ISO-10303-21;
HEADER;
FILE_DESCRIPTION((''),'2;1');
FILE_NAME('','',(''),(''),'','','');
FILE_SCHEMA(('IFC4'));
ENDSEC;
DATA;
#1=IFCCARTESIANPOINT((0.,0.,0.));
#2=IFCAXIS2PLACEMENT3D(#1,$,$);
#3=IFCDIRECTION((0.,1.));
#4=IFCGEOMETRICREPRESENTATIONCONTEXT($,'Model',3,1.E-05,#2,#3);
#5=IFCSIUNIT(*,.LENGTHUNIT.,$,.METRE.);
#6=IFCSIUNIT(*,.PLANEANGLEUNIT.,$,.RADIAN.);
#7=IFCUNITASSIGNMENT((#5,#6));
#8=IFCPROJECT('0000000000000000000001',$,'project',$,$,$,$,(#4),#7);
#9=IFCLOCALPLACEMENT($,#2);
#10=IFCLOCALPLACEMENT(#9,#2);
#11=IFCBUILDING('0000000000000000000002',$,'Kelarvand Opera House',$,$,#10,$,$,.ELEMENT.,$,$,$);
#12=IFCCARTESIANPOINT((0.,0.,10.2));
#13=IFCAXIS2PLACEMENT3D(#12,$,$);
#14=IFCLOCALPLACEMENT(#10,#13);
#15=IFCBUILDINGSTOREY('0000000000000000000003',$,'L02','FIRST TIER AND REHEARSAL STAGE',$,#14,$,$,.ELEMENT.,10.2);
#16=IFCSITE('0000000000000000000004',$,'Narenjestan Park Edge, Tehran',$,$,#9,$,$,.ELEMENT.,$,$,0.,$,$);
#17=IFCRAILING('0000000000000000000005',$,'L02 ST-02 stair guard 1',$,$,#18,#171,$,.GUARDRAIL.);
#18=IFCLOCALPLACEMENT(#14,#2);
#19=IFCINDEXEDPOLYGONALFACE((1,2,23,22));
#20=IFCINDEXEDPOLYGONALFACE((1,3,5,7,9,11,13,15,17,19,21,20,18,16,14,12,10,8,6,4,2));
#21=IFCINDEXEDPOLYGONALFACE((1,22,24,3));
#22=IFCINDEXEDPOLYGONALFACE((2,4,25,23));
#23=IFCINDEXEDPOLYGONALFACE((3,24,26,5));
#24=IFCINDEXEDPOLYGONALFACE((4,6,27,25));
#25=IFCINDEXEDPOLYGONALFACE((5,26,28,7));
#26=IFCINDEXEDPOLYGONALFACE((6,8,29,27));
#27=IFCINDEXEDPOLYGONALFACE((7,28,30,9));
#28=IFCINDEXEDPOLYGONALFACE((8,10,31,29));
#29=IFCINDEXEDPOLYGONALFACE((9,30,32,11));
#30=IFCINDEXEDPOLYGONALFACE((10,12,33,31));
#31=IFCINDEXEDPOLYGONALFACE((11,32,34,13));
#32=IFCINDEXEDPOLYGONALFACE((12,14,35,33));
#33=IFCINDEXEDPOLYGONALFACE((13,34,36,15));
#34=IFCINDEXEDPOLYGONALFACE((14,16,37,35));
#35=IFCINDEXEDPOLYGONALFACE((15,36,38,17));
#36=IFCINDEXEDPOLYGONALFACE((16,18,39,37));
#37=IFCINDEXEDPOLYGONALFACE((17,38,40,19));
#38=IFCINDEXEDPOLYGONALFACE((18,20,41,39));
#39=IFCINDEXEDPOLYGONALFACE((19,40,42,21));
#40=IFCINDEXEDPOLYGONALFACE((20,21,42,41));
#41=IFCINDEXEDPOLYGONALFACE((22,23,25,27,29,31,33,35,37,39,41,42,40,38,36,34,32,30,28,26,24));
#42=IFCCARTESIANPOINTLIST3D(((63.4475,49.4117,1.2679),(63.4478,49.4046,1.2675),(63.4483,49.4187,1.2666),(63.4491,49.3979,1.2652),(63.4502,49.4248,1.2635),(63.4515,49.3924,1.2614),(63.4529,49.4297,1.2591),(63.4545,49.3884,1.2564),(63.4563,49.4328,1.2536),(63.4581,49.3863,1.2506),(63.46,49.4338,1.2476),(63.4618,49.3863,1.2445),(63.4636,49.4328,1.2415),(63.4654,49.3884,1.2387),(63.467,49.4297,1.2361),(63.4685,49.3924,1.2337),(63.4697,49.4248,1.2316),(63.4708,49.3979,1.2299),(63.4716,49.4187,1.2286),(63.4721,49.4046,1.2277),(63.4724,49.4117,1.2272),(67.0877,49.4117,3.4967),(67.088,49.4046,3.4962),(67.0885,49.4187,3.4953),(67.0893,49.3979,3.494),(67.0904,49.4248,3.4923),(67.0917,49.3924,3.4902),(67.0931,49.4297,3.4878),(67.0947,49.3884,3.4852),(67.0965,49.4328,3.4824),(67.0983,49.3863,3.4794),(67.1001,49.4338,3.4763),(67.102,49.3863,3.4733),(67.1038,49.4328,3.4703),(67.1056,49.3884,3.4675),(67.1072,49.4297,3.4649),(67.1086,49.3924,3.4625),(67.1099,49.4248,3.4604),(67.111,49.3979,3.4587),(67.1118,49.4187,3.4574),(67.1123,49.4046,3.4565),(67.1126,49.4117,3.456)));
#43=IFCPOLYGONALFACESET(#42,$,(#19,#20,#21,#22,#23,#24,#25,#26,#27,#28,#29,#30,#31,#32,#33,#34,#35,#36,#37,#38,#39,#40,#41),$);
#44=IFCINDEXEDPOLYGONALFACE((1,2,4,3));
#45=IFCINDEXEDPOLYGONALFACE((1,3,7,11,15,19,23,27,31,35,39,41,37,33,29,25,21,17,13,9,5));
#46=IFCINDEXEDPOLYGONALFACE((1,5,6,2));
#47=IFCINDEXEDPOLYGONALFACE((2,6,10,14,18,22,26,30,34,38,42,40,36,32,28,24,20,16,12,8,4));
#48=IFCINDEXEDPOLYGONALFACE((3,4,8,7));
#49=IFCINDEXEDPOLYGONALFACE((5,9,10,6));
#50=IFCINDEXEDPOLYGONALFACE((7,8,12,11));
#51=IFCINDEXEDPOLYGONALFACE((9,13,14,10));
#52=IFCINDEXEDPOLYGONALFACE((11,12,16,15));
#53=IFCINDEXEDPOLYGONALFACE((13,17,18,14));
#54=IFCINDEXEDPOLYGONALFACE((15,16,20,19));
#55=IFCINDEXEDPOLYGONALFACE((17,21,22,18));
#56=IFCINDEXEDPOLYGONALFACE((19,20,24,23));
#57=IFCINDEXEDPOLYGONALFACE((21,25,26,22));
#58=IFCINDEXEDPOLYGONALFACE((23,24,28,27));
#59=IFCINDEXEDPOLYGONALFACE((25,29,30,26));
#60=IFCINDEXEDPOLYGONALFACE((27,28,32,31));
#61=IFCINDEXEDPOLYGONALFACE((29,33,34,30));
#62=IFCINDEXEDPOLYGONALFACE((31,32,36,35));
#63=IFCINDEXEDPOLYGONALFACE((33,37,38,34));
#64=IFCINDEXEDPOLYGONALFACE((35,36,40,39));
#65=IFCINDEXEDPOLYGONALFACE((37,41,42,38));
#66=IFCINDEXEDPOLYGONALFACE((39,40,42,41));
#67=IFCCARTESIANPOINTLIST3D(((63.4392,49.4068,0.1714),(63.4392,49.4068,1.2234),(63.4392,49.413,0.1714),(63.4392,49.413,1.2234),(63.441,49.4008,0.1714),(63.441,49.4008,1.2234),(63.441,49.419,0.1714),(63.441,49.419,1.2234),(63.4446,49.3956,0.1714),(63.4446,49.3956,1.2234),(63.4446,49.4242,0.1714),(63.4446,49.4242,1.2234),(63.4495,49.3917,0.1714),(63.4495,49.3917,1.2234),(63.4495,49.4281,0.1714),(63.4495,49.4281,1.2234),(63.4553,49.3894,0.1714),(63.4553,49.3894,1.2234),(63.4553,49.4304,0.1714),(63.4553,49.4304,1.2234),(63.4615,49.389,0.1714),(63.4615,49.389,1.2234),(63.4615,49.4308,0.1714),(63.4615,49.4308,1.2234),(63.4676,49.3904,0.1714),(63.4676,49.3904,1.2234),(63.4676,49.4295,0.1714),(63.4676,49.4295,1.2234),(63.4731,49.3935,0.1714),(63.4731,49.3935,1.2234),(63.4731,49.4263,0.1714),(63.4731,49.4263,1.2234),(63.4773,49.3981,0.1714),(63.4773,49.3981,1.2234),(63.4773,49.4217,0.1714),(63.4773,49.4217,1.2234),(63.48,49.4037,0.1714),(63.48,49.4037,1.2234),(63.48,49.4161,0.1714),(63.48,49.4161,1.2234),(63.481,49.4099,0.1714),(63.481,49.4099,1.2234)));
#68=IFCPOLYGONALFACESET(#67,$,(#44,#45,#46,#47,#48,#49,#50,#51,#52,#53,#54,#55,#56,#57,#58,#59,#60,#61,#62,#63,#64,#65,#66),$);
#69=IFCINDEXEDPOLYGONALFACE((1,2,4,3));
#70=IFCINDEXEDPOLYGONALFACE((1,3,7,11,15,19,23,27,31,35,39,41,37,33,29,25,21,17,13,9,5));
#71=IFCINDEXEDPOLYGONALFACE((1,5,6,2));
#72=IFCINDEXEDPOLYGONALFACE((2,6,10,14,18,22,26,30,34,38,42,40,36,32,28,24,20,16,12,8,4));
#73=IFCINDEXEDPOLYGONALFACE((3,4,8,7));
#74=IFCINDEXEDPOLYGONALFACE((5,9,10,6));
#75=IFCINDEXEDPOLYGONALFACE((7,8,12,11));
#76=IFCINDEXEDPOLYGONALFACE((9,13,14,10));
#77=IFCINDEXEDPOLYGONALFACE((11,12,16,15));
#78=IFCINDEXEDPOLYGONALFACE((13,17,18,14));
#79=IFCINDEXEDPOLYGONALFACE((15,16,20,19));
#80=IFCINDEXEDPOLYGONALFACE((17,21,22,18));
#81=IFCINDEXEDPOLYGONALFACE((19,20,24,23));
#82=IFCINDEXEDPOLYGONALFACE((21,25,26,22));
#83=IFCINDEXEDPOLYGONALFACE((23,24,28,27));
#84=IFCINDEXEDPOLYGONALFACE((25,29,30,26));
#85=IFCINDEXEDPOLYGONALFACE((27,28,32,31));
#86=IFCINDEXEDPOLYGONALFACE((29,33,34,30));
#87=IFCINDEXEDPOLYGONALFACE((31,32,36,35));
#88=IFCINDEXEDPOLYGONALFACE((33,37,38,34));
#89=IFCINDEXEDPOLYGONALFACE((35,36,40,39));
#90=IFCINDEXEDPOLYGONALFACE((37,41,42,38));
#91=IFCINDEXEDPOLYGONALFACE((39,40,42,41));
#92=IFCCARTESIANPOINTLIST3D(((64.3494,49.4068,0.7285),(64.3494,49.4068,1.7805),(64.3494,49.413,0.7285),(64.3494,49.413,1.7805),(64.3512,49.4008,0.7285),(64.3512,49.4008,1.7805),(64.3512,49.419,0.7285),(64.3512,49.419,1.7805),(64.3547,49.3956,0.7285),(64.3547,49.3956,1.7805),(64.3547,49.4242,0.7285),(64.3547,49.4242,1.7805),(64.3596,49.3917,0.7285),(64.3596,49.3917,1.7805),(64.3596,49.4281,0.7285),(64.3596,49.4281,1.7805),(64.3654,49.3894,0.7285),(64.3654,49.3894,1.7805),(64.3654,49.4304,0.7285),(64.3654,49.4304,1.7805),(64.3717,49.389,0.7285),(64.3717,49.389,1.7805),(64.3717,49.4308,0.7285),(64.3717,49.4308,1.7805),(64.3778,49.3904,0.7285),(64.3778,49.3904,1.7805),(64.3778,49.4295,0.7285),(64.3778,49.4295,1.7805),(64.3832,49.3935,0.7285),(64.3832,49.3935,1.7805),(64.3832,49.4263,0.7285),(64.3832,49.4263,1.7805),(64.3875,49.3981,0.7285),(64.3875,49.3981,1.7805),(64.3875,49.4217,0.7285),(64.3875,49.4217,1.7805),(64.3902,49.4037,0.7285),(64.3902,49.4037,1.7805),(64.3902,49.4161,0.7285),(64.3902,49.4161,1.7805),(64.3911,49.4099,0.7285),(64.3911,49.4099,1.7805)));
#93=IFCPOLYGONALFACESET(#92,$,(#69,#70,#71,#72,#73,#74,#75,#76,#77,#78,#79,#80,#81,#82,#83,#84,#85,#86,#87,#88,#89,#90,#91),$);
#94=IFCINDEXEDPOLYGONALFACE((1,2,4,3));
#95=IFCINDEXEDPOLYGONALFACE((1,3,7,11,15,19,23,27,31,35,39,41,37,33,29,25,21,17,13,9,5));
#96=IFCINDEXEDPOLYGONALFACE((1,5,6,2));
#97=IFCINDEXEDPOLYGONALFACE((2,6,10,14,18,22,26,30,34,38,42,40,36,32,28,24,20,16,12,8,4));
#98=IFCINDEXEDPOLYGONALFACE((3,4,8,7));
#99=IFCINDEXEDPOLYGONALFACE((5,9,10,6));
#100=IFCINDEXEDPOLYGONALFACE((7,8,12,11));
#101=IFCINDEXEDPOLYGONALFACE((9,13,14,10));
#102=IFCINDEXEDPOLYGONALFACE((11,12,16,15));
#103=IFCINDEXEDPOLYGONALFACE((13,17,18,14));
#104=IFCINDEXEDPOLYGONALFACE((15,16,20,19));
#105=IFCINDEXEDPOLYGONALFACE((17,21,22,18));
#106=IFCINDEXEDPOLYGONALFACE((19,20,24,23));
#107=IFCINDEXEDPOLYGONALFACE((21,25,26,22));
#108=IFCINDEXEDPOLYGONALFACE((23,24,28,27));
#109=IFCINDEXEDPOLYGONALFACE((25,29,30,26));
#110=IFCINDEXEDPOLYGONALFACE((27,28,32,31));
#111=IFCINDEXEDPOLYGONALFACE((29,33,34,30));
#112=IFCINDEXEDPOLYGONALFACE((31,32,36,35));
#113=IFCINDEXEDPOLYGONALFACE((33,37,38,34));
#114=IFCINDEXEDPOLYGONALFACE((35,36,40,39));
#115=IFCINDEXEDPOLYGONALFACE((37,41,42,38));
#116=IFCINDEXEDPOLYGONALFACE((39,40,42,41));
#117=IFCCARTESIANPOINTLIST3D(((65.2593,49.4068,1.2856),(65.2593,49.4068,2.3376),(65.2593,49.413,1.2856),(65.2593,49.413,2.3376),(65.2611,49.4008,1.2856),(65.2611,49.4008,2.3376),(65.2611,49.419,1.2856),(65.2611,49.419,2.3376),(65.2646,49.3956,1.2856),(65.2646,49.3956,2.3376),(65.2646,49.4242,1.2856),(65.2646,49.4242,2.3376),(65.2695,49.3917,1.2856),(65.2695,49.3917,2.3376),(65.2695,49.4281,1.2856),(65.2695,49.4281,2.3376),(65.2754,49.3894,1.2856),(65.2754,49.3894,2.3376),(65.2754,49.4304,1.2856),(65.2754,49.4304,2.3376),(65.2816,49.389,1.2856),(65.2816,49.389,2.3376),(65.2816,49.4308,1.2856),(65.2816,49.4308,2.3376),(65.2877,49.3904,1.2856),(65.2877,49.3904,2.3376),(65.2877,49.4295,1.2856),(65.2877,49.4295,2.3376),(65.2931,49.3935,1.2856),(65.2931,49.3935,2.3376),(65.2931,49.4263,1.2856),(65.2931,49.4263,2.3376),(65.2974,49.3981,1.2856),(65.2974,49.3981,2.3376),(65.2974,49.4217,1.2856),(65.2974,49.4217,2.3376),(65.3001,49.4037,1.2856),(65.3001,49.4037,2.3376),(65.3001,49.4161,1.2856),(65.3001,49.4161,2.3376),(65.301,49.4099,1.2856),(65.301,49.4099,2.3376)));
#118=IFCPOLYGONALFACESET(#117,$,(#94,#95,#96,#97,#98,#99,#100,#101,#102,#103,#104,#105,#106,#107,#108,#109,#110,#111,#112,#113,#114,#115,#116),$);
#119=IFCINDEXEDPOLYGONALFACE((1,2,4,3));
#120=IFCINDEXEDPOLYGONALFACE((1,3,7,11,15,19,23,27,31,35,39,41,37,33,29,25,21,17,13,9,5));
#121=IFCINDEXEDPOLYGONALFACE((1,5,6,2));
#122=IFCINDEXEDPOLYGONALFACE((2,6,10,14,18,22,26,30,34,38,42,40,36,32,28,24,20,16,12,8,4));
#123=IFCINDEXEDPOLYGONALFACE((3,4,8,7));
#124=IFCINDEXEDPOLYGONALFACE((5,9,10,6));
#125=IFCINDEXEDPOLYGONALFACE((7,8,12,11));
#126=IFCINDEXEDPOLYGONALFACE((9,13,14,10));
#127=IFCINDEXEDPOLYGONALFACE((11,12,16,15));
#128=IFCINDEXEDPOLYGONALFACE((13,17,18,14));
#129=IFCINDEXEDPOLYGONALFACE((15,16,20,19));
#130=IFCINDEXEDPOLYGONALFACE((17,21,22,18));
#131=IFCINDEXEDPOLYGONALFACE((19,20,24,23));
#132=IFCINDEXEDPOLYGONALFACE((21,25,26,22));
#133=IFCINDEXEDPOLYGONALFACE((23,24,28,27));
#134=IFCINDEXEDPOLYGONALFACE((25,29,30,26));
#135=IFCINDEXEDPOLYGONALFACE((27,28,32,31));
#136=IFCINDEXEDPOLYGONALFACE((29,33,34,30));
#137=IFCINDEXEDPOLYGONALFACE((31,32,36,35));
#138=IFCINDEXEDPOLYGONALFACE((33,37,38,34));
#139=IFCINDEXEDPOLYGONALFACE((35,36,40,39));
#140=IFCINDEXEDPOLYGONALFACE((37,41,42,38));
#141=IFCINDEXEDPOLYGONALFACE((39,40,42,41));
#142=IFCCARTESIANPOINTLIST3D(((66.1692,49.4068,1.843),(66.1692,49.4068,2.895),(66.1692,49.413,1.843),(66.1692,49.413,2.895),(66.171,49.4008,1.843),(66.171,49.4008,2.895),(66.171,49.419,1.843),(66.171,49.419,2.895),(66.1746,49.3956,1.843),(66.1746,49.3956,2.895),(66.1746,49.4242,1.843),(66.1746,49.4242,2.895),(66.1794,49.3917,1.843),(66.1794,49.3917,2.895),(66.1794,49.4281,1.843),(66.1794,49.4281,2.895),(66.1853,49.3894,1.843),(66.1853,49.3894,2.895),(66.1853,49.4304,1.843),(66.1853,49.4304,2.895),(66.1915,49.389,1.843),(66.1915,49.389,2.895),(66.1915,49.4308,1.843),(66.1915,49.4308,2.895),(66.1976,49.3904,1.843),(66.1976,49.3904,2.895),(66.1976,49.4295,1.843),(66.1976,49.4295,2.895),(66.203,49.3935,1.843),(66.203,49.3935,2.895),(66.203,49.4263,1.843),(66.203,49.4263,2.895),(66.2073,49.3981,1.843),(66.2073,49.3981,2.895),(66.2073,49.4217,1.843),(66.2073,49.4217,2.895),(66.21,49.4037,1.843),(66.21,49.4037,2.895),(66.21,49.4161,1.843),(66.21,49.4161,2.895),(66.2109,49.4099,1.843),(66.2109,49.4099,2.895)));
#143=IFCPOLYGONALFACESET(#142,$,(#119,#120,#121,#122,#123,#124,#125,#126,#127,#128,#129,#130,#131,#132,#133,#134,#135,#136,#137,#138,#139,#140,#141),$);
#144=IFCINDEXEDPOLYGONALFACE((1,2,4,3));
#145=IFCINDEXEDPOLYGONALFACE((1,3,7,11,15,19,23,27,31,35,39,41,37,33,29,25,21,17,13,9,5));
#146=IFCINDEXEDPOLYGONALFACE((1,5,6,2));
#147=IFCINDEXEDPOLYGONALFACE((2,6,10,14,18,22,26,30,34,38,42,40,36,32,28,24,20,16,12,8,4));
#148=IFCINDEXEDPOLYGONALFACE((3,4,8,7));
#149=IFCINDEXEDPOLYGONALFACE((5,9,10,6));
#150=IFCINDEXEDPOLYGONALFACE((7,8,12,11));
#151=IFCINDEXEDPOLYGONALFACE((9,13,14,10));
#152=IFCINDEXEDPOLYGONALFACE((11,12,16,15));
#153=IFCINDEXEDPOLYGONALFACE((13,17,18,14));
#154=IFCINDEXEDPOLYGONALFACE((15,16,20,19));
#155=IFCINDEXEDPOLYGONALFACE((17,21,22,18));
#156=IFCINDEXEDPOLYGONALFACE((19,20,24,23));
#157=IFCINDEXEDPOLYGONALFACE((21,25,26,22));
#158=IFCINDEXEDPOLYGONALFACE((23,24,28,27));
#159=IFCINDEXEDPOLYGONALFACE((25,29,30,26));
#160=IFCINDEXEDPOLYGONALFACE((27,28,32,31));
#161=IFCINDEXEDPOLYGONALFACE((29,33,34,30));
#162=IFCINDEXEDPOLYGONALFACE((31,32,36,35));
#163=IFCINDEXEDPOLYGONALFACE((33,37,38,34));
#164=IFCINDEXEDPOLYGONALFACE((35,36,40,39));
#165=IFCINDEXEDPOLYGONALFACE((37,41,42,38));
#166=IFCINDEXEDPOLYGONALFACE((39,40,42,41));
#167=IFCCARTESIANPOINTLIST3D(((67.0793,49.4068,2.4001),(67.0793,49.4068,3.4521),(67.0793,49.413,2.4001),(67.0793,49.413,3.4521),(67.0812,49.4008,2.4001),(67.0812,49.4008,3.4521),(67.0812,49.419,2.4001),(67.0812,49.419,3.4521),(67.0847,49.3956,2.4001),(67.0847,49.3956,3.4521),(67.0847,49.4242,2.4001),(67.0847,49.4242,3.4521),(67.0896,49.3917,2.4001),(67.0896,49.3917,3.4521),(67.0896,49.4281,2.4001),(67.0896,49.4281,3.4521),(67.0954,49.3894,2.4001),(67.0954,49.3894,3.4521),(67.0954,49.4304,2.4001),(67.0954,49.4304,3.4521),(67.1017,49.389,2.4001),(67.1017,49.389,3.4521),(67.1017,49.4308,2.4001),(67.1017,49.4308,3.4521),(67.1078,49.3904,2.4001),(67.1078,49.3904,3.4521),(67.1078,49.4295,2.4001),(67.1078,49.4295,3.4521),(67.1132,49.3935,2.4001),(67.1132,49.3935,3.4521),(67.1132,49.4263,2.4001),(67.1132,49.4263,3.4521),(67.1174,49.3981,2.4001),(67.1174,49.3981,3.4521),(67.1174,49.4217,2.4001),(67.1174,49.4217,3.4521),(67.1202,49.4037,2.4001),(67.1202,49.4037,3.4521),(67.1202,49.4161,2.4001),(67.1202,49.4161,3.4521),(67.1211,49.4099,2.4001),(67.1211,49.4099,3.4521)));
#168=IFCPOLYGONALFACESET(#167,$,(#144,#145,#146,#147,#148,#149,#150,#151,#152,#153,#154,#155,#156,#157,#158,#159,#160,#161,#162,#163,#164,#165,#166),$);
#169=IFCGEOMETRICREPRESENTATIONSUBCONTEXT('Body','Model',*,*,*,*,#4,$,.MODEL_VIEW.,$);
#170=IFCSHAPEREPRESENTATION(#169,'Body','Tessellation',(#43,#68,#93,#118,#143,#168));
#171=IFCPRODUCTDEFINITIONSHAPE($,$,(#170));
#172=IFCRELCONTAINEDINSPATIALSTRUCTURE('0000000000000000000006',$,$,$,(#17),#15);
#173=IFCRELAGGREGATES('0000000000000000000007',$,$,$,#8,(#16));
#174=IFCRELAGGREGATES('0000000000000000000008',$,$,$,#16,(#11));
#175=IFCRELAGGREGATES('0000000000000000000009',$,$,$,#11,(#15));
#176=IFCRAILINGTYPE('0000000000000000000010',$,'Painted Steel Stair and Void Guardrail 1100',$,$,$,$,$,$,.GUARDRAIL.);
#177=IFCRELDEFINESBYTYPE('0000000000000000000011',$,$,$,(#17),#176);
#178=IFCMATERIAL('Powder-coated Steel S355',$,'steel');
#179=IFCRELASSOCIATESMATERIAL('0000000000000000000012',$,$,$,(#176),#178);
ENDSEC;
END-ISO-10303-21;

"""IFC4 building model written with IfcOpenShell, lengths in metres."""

from ifc_helpers import new_model, si_unit, direction, frame, origin, origin_2d, place, context, subcontext, project, spatial, circle, extrude, material, type_object, element, save


model = new_model("IFC4")

# Units and contexts
model_context = context("Model", 3, precision=1e-05, world=origin(), true_north=direction((0.0, 1.0)))
body_context = subcontext(model_context, "Body", "Model", "MODEL_VIEW")
ifc_project = project(units=[si_unit("LENGTHUNIT", "METRE"), si_unit("PLANEANGLEUNIT", "RADIAN")], contexts=[model_context])

# Site, building, storey
site_placement = place(None, origin())
site = spatial("IfcSite", under=ifc_project, at=site_placement, Name="Narenjestan Park Edge, Tehran", CompositionType="ELEMENT", RefElevation=0.0)
building_placement = place(site_placement, origin())
building = spatial("IfcBuilding", under=site, at=building_placement, Name="Kelarvand Opera House", CompositionType="ELEMENT")
storey_placement = place(building_placement, frame((0.0, 0.0, 10.2)))
storey = spatial("IfcBuildingStorey", under=building, at=storey_placement, Name="L02", Description="FIRST TIER AND REHEARSAL STAGE", CompositionType="ELEMENT", Elevation=10.2)

# Railing
ifc_material_1 = material(Name="Powder-coated Steel S355", Category="steel")
railing_type = type_object("IfcRailingType", Name="Painted Steel Stair and Void Guardrail 1100", PredefinedType="GUARDRAIL", material=ifc_material_1)
railing_1_placement = place(storey_placement, frame((63.46, 49.4099, 0.1714)))
element("IfcRailing", 1, at=railing_1_placement, inside=storey, type_object=railing_type, Name="L02 ST-02 stair guard 1", PredefinedType="GUARDRAIL", context=body_context, shape_type="SweptSolid", body=[
    extrude(circle(Radius=0.0239, at=origin_2d()), frame((0.0, 0.0, 1.0762), z_axis=(0.85284, 0.0, 0.522172), x_axis=(0.0, 1.0, 0.0)), (0.0, 0.0, 1.0), 4.2683),
    extrude(circle(Radius=0.021, at=origin_2d()), origin(), (0.0, 0.0, 1.0), 1.052),
    extrude(circle(Radius=0.021, at=origin_2d()), frame((0.9102, 0.0, 0.5571)), (0.0, 0.0, 1.0), 1.052),
    extrude(circle(Radius=0.021, at=origin_2d()), frame((1.8201, 0.0, 1.1143)), (0.0, 0.0, 1.0), 1.052),
    extrude(circle(Radius=0.021, at=origin_2d()), frame((2.73, 0.0, 1.6716)), (0.0, 0.0, 1.0), 1.052),
    extrude(circle(Radius=0.021, at=origin_2d()), frame((3.6401, 0.0, 2.2288)), (0.0, 0.0, 1.0), 1.052),
])

save(model, "model.ifc")
